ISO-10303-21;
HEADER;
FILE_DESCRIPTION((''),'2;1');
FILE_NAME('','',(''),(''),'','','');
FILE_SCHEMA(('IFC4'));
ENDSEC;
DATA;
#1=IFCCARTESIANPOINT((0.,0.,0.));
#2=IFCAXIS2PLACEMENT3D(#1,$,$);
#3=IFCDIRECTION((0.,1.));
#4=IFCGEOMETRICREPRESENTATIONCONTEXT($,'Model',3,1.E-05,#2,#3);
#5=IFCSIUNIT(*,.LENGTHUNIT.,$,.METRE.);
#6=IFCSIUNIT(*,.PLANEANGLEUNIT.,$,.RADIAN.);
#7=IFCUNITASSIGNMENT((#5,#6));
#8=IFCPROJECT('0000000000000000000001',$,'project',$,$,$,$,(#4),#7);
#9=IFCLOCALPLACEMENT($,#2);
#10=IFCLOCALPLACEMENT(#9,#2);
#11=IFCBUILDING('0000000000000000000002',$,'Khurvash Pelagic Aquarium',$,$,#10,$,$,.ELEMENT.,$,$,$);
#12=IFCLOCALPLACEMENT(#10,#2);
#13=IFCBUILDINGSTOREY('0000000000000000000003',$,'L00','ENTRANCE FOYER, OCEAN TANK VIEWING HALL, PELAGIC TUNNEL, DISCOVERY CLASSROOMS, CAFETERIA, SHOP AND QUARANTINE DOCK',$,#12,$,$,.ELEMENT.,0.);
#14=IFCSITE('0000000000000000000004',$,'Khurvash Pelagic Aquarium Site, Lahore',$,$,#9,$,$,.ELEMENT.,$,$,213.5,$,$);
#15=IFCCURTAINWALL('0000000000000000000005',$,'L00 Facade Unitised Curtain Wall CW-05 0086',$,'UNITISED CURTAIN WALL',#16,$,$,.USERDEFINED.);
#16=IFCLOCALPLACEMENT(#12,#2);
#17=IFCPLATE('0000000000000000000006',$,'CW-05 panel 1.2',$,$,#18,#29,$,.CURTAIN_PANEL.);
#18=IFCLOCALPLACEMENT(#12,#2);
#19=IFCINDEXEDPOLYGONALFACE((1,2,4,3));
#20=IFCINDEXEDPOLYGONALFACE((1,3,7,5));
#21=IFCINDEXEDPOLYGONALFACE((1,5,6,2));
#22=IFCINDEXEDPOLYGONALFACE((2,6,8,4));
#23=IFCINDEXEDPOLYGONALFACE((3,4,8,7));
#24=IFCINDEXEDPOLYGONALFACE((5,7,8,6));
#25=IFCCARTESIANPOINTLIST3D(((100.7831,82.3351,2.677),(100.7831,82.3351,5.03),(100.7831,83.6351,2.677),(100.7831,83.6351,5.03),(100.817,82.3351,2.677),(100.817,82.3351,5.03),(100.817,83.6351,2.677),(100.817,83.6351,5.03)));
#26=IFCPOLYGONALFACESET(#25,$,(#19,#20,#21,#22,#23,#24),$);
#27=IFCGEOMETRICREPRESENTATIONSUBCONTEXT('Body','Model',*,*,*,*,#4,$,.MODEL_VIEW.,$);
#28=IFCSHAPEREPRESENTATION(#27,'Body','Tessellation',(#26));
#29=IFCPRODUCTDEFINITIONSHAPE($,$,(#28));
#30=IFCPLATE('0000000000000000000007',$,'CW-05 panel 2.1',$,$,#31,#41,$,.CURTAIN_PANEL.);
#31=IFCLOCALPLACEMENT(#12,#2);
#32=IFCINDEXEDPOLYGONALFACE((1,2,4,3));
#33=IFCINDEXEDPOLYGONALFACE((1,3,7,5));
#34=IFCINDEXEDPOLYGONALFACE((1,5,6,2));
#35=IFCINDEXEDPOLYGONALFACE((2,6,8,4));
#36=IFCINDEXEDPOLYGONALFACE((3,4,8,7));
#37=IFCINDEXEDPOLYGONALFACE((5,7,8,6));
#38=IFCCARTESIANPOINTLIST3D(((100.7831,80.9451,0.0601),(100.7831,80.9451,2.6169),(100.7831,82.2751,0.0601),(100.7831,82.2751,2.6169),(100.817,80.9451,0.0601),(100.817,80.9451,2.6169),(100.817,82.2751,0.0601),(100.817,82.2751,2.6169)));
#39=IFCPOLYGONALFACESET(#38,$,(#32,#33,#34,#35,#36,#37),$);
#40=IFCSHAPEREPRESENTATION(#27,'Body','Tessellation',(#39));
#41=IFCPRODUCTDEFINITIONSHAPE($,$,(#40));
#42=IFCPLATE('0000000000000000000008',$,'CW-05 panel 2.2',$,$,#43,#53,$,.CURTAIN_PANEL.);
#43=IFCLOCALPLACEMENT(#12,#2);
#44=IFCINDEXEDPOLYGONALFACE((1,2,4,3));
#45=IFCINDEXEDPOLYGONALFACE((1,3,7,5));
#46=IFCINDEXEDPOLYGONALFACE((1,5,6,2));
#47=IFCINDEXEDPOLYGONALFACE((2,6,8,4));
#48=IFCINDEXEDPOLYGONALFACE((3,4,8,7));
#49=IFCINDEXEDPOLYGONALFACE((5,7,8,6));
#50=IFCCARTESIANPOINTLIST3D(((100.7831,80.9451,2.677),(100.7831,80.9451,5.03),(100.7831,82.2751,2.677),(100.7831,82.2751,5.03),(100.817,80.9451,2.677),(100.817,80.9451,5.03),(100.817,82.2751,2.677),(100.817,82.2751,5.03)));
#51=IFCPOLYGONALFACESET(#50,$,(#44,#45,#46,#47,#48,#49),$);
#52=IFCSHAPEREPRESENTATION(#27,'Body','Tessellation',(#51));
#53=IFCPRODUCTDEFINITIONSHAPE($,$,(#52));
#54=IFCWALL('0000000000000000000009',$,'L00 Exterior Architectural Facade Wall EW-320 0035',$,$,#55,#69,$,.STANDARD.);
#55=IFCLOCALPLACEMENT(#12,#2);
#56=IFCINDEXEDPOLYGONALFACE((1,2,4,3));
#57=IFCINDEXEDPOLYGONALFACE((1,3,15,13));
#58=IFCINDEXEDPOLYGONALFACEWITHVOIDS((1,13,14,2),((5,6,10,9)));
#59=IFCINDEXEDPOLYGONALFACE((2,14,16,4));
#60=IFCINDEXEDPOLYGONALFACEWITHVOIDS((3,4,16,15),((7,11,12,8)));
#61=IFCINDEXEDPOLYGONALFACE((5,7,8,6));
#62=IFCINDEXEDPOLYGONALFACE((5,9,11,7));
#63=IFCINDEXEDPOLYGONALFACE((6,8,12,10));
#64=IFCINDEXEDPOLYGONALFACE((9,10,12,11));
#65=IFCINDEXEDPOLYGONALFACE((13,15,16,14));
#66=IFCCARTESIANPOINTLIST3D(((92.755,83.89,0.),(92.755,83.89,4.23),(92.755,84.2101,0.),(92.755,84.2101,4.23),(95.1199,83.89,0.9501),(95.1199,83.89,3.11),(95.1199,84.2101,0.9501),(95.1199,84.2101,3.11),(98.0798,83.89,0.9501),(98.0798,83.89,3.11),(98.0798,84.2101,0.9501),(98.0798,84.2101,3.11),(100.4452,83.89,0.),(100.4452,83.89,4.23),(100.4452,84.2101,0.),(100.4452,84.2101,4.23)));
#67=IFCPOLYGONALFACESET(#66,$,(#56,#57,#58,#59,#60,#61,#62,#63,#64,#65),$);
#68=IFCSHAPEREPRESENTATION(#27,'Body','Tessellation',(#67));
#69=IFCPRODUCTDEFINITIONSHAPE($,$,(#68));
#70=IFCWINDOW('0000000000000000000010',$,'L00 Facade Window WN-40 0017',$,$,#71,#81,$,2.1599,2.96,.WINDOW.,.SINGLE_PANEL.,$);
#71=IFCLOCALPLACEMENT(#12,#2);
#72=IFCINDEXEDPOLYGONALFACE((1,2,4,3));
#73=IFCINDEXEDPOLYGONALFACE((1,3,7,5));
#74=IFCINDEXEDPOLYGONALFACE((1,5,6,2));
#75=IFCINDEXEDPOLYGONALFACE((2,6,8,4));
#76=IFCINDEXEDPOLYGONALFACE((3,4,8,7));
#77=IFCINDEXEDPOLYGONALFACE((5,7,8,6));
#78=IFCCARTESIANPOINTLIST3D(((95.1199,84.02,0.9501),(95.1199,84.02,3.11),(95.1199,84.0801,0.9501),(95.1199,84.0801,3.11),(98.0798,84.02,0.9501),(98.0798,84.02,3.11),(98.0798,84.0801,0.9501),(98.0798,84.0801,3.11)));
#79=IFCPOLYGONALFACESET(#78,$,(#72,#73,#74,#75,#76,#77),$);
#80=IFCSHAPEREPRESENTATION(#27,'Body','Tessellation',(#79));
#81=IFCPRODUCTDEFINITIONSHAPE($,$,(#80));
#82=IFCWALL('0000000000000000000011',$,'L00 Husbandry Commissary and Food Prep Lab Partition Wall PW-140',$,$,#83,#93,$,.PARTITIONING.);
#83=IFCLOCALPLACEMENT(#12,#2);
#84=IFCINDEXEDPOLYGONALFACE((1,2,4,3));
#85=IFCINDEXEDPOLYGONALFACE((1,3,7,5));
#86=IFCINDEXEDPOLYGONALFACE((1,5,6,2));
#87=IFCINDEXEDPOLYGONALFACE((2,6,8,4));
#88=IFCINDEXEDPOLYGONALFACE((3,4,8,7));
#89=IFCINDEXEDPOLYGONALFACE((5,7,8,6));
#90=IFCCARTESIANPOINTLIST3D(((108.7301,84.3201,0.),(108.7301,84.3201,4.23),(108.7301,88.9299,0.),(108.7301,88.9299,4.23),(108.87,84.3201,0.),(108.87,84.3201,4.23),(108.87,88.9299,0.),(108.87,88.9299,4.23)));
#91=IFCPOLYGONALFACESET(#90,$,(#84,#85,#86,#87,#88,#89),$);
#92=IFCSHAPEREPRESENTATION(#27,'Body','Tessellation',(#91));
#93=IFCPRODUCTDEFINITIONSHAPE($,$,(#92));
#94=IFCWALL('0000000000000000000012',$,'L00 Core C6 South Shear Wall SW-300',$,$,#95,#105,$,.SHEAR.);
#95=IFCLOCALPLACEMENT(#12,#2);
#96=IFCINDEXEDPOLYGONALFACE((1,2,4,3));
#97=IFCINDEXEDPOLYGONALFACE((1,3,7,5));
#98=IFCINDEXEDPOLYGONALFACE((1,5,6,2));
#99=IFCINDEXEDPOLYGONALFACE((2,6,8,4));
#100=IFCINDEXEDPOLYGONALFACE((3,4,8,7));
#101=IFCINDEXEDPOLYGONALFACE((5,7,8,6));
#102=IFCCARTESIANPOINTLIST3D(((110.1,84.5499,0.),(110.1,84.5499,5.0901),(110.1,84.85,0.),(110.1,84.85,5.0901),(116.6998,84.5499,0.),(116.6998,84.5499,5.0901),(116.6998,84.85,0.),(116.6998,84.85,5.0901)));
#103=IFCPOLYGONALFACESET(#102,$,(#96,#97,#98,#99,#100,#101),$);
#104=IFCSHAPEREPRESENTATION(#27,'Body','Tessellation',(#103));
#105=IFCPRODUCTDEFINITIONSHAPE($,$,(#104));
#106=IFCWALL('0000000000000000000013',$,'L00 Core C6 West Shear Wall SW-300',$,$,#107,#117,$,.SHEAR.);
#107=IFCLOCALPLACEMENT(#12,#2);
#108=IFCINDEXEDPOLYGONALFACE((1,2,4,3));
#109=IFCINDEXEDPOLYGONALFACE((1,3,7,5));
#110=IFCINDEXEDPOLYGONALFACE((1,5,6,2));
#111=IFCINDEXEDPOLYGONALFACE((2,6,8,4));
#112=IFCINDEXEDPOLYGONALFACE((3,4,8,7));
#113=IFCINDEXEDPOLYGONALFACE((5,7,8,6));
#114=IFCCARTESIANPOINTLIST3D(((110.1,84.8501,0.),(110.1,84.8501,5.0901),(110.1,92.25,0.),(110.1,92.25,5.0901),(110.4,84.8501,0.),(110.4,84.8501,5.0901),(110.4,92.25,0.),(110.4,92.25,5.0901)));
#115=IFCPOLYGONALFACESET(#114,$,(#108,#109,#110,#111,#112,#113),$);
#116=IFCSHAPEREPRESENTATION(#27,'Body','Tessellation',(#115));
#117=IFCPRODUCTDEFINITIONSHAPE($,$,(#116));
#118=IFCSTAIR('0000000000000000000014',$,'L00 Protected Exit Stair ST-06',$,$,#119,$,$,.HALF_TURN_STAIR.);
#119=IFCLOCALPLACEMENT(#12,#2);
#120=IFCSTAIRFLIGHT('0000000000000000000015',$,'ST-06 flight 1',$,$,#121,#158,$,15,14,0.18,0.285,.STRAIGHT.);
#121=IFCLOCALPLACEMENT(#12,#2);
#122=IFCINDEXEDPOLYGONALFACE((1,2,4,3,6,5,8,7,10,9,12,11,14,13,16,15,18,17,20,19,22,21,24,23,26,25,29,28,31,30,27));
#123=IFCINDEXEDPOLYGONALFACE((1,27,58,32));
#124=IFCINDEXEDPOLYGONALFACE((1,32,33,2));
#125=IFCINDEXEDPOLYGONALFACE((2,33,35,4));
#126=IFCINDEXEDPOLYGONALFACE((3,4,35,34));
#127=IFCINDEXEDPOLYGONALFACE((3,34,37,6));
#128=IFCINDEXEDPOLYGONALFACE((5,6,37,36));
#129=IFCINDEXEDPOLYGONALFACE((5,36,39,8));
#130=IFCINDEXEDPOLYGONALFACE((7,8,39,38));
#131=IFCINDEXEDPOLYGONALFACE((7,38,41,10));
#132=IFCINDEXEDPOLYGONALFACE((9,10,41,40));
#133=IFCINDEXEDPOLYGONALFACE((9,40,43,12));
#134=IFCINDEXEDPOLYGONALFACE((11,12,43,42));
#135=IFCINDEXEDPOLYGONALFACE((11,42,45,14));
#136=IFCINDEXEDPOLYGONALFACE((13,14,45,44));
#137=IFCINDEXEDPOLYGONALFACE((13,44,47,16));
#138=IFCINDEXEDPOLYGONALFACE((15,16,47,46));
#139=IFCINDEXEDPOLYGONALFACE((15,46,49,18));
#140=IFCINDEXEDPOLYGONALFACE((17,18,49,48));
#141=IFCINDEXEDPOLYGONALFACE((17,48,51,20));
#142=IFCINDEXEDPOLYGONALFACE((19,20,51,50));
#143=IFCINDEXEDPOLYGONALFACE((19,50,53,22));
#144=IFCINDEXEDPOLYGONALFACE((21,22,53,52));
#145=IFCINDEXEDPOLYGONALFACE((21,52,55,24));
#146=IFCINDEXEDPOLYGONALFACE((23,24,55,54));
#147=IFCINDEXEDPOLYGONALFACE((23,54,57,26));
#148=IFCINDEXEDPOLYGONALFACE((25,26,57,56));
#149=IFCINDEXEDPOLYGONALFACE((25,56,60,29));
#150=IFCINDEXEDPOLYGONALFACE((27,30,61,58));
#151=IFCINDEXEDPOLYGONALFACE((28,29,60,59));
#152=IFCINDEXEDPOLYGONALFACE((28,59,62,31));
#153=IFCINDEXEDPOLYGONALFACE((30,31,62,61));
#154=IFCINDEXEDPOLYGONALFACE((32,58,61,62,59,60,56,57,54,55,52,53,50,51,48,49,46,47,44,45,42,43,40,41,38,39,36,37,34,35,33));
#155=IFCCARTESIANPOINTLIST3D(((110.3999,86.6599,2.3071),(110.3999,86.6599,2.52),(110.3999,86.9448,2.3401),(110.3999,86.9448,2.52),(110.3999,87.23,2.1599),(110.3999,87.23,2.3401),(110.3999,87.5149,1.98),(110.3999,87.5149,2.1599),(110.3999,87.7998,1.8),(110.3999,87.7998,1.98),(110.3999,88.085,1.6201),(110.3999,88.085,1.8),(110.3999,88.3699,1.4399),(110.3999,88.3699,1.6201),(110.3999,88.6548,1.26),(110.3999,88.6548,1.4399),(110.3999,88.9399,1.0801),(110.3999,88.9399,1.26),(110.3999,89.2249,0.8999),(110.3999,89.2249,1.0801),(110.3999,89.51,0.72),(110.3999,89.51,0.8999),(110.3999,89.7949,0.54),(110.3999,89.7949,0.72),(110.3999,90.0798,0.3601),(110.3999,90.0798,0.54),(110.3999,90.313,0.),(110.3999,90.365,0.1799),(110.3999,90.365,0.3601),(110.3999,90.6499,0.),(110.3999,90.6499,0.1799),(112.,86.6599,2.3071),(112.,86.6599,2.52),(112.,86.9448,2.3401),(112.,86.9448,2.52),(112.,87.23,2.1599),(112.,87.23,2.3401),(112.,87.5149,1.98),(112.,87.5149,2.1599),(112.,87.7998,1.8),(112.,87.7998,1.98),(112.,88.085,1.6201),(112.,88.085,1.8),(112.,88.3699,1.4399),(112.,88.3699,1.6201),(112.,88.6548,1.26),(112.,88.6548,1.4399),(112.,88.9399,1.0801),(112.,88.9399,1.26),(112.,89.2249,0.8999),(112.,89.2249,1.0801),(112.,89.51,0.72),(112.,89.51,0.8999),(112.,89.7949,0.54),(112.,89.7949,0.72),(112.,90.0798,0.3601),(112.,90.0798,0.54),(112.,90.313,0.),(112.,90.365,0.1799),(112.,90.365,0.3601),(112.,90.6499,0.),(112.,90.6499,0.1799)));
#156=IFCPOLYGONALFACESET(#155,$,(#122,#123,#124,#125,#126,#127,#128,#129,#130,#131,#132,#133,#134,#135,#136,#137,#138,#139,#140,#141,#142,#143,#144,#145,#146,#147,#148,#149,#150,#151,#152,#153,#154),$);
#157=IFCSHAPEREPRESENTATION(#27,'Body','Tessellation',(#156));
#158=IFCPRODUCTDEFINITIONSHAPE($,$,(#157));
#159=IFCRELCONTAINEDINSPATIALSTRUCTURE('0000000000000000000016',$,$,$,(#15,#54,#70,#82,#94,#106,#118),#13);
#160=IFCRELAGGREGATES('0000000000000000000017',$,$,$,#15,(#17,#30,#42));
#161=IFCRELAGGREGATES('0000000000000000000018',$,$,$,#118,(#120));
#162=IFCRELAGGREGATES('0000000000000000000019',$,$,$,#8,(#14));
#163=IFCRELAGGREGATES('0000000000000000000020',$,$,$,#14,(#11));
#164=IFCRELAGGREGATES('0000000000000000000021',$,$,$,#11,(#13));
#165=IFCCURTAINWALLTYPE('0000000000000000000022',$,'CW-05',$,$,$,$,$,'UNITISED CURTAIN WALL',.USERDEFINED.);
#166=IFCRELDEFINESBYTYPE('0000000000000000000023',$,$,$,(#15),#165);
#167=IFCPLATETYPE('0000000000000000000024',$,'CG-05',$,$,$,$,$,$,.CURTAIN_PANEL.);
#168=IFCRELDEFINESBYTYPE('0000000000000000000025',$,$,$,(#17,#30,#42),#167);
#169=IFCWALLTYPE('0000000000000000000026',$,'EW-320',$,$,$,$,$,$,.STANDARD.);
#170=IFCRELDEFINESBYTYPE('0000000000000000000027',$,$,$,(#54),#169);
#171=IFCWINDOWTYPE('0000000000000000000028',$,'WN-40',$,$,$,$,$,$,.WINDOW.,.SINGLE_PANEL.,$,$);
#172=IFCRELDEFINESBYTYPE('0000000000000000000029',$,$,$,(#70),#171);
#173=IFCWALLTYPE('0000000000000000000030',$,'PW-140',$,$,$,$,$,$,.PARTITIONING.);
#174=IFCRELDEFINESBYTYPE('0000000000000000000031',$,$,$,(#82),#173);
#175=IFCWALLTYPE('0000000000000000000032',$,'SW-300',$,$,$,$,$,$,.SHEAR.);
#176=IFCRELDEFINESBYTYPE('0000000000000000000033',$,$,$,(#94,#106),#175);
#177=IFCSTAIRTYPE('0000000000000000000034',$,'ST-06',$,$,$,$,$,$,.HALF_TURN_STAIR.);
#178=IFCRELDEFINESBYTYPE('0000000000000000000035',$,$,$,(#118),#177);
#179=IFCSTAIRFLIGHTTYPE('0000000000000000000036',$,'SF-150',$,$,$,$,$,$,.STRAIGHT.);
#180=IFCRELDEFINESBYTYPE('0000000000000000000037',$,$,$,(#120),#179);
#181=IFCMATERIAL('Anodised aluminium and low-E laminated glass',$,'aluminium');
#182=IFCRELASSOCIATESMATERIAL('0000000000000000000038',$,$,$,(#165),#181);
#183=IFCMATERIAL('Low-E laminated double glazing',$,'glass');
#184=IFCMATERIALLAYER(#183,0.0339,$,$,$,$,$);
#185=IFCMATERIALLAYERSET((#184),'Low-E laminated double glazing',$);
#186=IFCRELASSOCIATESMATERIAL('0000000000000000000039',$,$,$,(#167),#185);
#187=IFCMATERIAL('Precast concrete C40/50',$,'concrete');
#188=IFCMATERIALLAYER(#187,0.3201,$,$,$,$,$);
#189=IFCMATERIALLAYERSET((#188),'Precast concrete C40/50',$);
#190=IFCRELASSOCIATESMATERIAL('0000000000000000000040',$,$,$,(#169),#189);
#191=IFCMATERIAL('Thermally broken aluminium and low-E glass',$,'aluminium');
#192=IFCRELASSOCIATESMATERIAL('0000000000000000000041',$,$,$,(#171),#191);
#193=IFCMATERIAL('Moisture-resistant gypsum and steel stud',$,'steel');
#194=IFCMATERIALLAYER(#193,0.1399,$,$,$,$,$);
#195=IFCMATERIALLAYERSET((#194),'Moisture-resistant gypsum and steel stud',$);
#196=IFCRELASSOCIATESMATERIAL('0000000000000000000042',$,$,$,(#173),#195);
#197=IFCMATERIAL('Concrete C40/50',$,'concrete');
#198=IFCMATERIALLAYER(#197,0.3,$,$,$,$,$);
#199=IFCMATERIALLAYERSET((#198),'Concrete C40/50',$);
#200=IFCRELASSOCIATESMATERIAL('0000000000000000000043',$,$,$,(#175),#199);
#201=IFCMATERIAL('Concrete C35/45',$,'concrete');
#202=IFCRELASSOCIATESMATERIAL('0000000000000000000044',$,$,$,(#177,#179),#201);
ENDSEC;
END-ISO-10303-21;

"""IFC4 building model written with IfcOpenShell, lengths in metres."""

from ifc_helpers import new_model, si_unit, direction, frame, frame_2d, origin, origin_2d, place, context, subcontext, project, spatial, polyline, rectangle, outline, extrude, material, layer, layer_set, type_object, element, fill, aggregate, save


model = new_model("IFC4")

# Units and contexts
model_context = context("Model", 3, precision=1e-05, world=origin(), true_north=direction((0.0, 1.0)))
body_context = subcontext(model_context, "Body", "Model", "MODEL_VIEW")
ifc_project = project(units=[si_unit("LENGTHUNIT", "METRE"), si_unit("PLANEANGLEUNIT", "RADIAN")], contexts=[model_context])

# Site, building, storey
site_placement = place(None, origin())
site = spatial("IfcSite", under=ifc_project, at=site_placement, Name="Khurvash Pelagic Aquarium Site, Lahore", CompositionType="ELEMENT", RefElevation=213.5)
building_placement = place(site_placement, origin())
building = spatial("IfcBuilding", under=site, at=building_placement, Name="Khurvash Pelagic Aquarium", CompositionType="ELEMENT")
storey_placement = place(building_placement, origin())
storey = spatial("IfcBuildingStorey", under=building, at=storey_placement, Name="L00", Description="ENTRANCE FOYER, OCEAN TANK VIEWING HALL, PELAGIC TUNNEL, DISCOVERY CLASSROOMS, CAFETERIA, SHOP AND QUARANTINE DOCK", CompositionType="ELEMENT", Elevation=0.0)

# Shared definitions
ifc_material_1 = material(Name="Concrete C40/50", Category="concrete")

# Shared definitions
ifc_material_2 = material(Name="Concrete C35/45", Category="concrete")

# Shared definitions
ifc_material_3 = material(Name="Anodised aluminium and low-E laminated glass", Category="aluminium")

# Curtain wall
curtain_wall_type_1 = type_object("IfcCurtainWallType", Name="CW-05", ElementType="UNITISED CURTAIN WALL", PredefinedType="USERDEFINED", material=ifc_material_3)
curtain_wall_1_placement = place(storey_placement, origin())
curtain_wall_1 = element("IfcCurtainWall", 1, at=curtain_wall_1_placement, inside=storey, type_object=curtain_wall_type_1, Name="L00 Facade Unitised Curtain Wall CW-05 0086", ObjectType="UNITISED CURTAIN WALL", PredefinedType="USERDEFINED")

# Plates
ifc_material_4 = material(Name="Low-E laminated double glazing", Category="glass")
ifc_layer_1 = layer(ifc_material_4, 0.0339)
ifc_layer_set_1 = layer_set([ifc_layer_1], Name="Low-E laminated double glazing")
plate_type = type_object("IfcPlateType", Name="CG-05", PredefinedType="CURTAIN_PANEL", material=ifc_layer_set_1)
plate_1_placement = place(storey_placement, frame((100.8, 82.9851, 2.677), z_axis=(0.0, 0.0, 1.0), x_axis=(0.0, -1.0, 0.0)))
plate_1 = element("IfcPlate", 2, at=plate_1_placement, type_object=plate_type, Name="CW-05 panel 1.2", PredefinedType="CURTAIN_PANEL", context=body_context, shape_type="SweptSolid", body=[
    extrude(rectangle(XDim=1.3, YDim=0.0339, at=origin_2d()), origin(), (0.0, 0.0, 1.0), 2.353),
])
plate_2_placement = place(storey_placement, frame((100.8, 81.6101, 0.0601), z_axis=(0.0, 0.0, 1.0), x_axis=(0.0, -1.0, 0.0)))
plate_2 = element("IfcPlate", 3, at=plate_2_placement, type_object=plate_type, Name="CW-05 panel 2.1", PredefinedType="CURTAIN_PANEL", context=body_context, shape_type="SweptSolid", body=[
    extrude(rectangle(XDim=1.3301, YDim=0.0339, at=origin_2d()), origin(), (0.0, 0.0, 1.0), 2.5569),
])
plate_3_placement = place(storey_placement, frame((100.8, 81.6101, 2.677), z_axis=(0.0, 0.0, 1.0), x_axis=(0.0, -1.0, 0.0)))
plate_3 = element("IfcPlate", 4, at=plate_3_placement, type_object=plate_type, Name="CW-05 panel 2.2", PredefinedType="CURTAIN_PANEL", context=body_context, shape_type="SweptSolid", body=[
    extrude(rectangle(XDim=1.3301, YDim=0.0339, at=origin_2d()), origin(), (0.0, 0.0, 1.0), 2.353),
])
aggregate(curtain_wall_1, [plate_1, plate_2, plate_3])

# Wall, opening, window
ifc_material_5 = material(Name="Precast concrete C40/50", Category="concrete")
ifc_layer_2 = layer(ifc_material_5, 0.3201)
ifc_layer_set_2 = layer_set([ifc_layer_2], Name="Precast concrete C40/50")
wall_type_1 = type_object("IfcWallType", Name="EW-320", PredefinedType="STANDARD", material=ifc_layer_set_2)
wall_1_placement = place(storey_placement, frame((92.7549, 84.05, 0.0), z_axis=(0.0, 0.0, 1.0), x_axis=(1.0, 0.0, 0.0)))
wall_1 = element("IfcWall", 5, at=wall_1_placement, inside=storey, type_object=wall_type_1, Name="L00 Exterior Architectural Facade Wall EW-320 0035", PredefinedType="STANDARD", context=body_context, shape_type="SweptSolid", body=[
    extrude(rectangle(XDim=7.6902, YDim=0.3201, at=frame_2d((3.8452, 0.0))), origin(), (0.0, 0.0, 1.0), 4.23),
])
opening_placement = place(wall_1_placement, frame((2.365, 0.0, 0.95)))
opening = element("IfcOpeningElement", 6, at=opening_placement, cuts=wall_1, PredefinedType="OPENING", context=body_context, shape_type="SweptSolid", body=[
    extrude(rectangle(XDim=2.96, YDim=2.1599, at=frame_2d((1.48, 1.0801))), frame((0.0, 0.1699, 0.0), z_axis=(0.0, -1.0, 0.0), x_axis=(1.0, 0.0, 0.0)), (0.0, 0.0, 1.0), 0.3401),
])
ifc_material_6 = material(Name="Thermally broken aluminium and low-E glass", Category="aluminium")
window_type = type_object("IfcWindowType", Name="WN-40", PartitioningType="SINGLE_PANEL", PredefinedType="WINDOW", material=ifc_material_6)
window_placement = place(opening_placement, origin())
window = element("IfcWindow", 7, at=window_placement, inside=storey, type_object=window_type, Name="L00 Facade Window WN-40 0017", OverallHeight=2.1599, OverallWidth=2.96, PartitioningType="SINGLE_PANEL", PredefinedType="WINDOW", context=body_context, shape_type="SweptSolid", body=[
    extrude(rectangle(XDim=2.96, YDim=2.1599, at=frame_2d((1.48, 1.0801))), frame((0.0, 0.03, 0.0), z_axis=(0.0, -1.0, 0.0), x_axis=(1.0, 0.0, 0.0)), (0.0, 0.0, 1.0), 0.0601),
])
fill(opening, window)

# Walls
ifc_material_7 = material(Name="Moisture-resistant gypsum and steel stud", Category="steel")
ifc_layer_3 = layer(ifc_material_7, 0.1399)
ifc_layer_set_3 = layer_set([ifc_layer_3], Name="Moisture-resistant gypsum and steel stud")
wall_type_2 = type_object("IfcWallType", Name="PW-140", PredefinedType="PARTITIONING", material=ifc_layer_set_3)
wall_2_placement = place(storey_placement, frame((108.8, 84.3201, 0.0), z_axis=(0.0, 0.0, 1.0), x_axis=(0.0, 1.0, 0.0)))
element("IfcWall", 8, at=wall_2_placement, inside=storey, type_object=wall_type_2, Name="L00 Husbandry Commissary and Food Prep Lab Partition Wall PW-140", PredefinedType="PARTITIONING", context=body_context, shape_type="SweptSolid", body=[
    extrude(rectangle(XDim=4.6099, YDim=0.1399, at=frame_2d((2.3049, 0.0))), origin(), (0.0, 0.0, 1.0), 4.23),
])
ifc_layer_4 = layer(ifc_material_1, 0.3)
ifc_layer_set_4 = layer_set([ifc_layer_4], Name="Concrete C40/50")
wall_type_3 = type_object("IfcWallType", Name="SW-300", PredefinedType="SHEAR", material=ifc_layer_set_4)
wall_3_placement = place(storey_placement, frame((110.1001, 84.7, 0.0), z_axis=(0.0, 0.0, 1.0), x_axis=(1.0, 0.0, 0.0)))
element("IfcWall", 9, at=wall_3_placement, inside=storey, type_object=wall_type_3, Name="L00 Core C6 South Shear Wall SW-300", PredefinedType="SHEAR", context=body_context, shape_type="SweptSolid", body=[
    extrude(rectangle(XDim=6.5999, YDim=0.3, at=frame_2d((3.2998, 0.0))), origin(), (0.0, 0.0, 1.0), 5.0901),
])
wall_4_placement = place(storey_placement, frame((110.25, 84.8501, 0.0), z_axis=(0.0, 0.0, 1.0), x_axis=(0.0, 1.0, 0.0)))
element("IfcWall", 10, at=wall_4_placement, inside=storey, type_object=wall_type_3, Name="L00 Core C6 West Shear Wall SW-300", PredefinedType="SHEAR", context=body_context, shape_type="SweptSolid", body=[
    extrude(rectangle(XDim=7.3999, YDim=0.3, at=frame_2d((3.7, 0.0))), origin(), (0.0, 0.0, 1.0), 5.0901),
])

# Stair, stair flight
stair_type = type_object("IfcStairType", Name="ST-06", PredefinedType="HALF_TURN_STAIR", material=ifc_material_2)
stair_placement = place(storey_placement, origin())
stair = element("IfcStair", 11, at=stair_placement, inside=storey, type_object=stair_type, Name="L00 Protected Exit Stair ST-06", PredefinedType="HALF_TURN_STAIR")
stair_flight_type = type_object("IfcStairFlightType", Name="SF-150", PredefinedType="STRAIGHT", material=ifc_material_2)
stair_flight_1_placement = place(storey_placement, frame((111.2, 90.6499, 0.0), z_axis=(0.0, 0.0, 1.0), x_axis=(0.0, -1.0, 0.0)))
stair_flight_1 = element("IfcStairFlight", 12, at=stair_flight_1_placement, type_object=stair_flight_type, Name="ST-06 flight 1", NumberOfRisers=15, NumberOfTreads=14, PredefinedType="STRAIGHT", RiserHeight=0.18, TreadLength=0.285, context=body_context, shape_type="SweptSolid", body=[
    extrude(outline(polyline([(0.0, 0.0), (0.0, 0.1799), (0.2849, 0.1799), (0.2849, 0.3601), (0.5701, 0.3601), (0.5701, 0.54), (0.855, 0.54), (0.855, 0.72), (1.1399, 0.72), (1.1399, 0.8999), (1.425, 0.8999), (1.425, 1.0801), (1.71, 1.0801), (1.71, 1.26), (1.9951, 1.26), (1.9951, 1.4399), (2.28, 1.4399), (2.28, 1.6201), (2.5649, 1.6201), (2.5649, 1.8), (2.8501, 1.8), (2.8501, 1.98), (3.135, 1.98), (3.135, 2.1599), (3.4199, 2.1599), (3.4199, 2.3401), (3.7051, 2.3401), (3.7051, 2.52), (3.99, 2.52), (3.99, 2.7), (3.99, 2.3071), (0.3369, 0.0), (0.0, 0.0)])), frame((0.0, 0.8, 0.0), z_axis=(0.0, -1.0, 0.0), x_axis=(1.0, 0.0, 0.0)), (0.0, 0.0, 1.0), 1.6001),
])
aggregate(stair, [stair_flight_1])

save(model, "model.ifc")
